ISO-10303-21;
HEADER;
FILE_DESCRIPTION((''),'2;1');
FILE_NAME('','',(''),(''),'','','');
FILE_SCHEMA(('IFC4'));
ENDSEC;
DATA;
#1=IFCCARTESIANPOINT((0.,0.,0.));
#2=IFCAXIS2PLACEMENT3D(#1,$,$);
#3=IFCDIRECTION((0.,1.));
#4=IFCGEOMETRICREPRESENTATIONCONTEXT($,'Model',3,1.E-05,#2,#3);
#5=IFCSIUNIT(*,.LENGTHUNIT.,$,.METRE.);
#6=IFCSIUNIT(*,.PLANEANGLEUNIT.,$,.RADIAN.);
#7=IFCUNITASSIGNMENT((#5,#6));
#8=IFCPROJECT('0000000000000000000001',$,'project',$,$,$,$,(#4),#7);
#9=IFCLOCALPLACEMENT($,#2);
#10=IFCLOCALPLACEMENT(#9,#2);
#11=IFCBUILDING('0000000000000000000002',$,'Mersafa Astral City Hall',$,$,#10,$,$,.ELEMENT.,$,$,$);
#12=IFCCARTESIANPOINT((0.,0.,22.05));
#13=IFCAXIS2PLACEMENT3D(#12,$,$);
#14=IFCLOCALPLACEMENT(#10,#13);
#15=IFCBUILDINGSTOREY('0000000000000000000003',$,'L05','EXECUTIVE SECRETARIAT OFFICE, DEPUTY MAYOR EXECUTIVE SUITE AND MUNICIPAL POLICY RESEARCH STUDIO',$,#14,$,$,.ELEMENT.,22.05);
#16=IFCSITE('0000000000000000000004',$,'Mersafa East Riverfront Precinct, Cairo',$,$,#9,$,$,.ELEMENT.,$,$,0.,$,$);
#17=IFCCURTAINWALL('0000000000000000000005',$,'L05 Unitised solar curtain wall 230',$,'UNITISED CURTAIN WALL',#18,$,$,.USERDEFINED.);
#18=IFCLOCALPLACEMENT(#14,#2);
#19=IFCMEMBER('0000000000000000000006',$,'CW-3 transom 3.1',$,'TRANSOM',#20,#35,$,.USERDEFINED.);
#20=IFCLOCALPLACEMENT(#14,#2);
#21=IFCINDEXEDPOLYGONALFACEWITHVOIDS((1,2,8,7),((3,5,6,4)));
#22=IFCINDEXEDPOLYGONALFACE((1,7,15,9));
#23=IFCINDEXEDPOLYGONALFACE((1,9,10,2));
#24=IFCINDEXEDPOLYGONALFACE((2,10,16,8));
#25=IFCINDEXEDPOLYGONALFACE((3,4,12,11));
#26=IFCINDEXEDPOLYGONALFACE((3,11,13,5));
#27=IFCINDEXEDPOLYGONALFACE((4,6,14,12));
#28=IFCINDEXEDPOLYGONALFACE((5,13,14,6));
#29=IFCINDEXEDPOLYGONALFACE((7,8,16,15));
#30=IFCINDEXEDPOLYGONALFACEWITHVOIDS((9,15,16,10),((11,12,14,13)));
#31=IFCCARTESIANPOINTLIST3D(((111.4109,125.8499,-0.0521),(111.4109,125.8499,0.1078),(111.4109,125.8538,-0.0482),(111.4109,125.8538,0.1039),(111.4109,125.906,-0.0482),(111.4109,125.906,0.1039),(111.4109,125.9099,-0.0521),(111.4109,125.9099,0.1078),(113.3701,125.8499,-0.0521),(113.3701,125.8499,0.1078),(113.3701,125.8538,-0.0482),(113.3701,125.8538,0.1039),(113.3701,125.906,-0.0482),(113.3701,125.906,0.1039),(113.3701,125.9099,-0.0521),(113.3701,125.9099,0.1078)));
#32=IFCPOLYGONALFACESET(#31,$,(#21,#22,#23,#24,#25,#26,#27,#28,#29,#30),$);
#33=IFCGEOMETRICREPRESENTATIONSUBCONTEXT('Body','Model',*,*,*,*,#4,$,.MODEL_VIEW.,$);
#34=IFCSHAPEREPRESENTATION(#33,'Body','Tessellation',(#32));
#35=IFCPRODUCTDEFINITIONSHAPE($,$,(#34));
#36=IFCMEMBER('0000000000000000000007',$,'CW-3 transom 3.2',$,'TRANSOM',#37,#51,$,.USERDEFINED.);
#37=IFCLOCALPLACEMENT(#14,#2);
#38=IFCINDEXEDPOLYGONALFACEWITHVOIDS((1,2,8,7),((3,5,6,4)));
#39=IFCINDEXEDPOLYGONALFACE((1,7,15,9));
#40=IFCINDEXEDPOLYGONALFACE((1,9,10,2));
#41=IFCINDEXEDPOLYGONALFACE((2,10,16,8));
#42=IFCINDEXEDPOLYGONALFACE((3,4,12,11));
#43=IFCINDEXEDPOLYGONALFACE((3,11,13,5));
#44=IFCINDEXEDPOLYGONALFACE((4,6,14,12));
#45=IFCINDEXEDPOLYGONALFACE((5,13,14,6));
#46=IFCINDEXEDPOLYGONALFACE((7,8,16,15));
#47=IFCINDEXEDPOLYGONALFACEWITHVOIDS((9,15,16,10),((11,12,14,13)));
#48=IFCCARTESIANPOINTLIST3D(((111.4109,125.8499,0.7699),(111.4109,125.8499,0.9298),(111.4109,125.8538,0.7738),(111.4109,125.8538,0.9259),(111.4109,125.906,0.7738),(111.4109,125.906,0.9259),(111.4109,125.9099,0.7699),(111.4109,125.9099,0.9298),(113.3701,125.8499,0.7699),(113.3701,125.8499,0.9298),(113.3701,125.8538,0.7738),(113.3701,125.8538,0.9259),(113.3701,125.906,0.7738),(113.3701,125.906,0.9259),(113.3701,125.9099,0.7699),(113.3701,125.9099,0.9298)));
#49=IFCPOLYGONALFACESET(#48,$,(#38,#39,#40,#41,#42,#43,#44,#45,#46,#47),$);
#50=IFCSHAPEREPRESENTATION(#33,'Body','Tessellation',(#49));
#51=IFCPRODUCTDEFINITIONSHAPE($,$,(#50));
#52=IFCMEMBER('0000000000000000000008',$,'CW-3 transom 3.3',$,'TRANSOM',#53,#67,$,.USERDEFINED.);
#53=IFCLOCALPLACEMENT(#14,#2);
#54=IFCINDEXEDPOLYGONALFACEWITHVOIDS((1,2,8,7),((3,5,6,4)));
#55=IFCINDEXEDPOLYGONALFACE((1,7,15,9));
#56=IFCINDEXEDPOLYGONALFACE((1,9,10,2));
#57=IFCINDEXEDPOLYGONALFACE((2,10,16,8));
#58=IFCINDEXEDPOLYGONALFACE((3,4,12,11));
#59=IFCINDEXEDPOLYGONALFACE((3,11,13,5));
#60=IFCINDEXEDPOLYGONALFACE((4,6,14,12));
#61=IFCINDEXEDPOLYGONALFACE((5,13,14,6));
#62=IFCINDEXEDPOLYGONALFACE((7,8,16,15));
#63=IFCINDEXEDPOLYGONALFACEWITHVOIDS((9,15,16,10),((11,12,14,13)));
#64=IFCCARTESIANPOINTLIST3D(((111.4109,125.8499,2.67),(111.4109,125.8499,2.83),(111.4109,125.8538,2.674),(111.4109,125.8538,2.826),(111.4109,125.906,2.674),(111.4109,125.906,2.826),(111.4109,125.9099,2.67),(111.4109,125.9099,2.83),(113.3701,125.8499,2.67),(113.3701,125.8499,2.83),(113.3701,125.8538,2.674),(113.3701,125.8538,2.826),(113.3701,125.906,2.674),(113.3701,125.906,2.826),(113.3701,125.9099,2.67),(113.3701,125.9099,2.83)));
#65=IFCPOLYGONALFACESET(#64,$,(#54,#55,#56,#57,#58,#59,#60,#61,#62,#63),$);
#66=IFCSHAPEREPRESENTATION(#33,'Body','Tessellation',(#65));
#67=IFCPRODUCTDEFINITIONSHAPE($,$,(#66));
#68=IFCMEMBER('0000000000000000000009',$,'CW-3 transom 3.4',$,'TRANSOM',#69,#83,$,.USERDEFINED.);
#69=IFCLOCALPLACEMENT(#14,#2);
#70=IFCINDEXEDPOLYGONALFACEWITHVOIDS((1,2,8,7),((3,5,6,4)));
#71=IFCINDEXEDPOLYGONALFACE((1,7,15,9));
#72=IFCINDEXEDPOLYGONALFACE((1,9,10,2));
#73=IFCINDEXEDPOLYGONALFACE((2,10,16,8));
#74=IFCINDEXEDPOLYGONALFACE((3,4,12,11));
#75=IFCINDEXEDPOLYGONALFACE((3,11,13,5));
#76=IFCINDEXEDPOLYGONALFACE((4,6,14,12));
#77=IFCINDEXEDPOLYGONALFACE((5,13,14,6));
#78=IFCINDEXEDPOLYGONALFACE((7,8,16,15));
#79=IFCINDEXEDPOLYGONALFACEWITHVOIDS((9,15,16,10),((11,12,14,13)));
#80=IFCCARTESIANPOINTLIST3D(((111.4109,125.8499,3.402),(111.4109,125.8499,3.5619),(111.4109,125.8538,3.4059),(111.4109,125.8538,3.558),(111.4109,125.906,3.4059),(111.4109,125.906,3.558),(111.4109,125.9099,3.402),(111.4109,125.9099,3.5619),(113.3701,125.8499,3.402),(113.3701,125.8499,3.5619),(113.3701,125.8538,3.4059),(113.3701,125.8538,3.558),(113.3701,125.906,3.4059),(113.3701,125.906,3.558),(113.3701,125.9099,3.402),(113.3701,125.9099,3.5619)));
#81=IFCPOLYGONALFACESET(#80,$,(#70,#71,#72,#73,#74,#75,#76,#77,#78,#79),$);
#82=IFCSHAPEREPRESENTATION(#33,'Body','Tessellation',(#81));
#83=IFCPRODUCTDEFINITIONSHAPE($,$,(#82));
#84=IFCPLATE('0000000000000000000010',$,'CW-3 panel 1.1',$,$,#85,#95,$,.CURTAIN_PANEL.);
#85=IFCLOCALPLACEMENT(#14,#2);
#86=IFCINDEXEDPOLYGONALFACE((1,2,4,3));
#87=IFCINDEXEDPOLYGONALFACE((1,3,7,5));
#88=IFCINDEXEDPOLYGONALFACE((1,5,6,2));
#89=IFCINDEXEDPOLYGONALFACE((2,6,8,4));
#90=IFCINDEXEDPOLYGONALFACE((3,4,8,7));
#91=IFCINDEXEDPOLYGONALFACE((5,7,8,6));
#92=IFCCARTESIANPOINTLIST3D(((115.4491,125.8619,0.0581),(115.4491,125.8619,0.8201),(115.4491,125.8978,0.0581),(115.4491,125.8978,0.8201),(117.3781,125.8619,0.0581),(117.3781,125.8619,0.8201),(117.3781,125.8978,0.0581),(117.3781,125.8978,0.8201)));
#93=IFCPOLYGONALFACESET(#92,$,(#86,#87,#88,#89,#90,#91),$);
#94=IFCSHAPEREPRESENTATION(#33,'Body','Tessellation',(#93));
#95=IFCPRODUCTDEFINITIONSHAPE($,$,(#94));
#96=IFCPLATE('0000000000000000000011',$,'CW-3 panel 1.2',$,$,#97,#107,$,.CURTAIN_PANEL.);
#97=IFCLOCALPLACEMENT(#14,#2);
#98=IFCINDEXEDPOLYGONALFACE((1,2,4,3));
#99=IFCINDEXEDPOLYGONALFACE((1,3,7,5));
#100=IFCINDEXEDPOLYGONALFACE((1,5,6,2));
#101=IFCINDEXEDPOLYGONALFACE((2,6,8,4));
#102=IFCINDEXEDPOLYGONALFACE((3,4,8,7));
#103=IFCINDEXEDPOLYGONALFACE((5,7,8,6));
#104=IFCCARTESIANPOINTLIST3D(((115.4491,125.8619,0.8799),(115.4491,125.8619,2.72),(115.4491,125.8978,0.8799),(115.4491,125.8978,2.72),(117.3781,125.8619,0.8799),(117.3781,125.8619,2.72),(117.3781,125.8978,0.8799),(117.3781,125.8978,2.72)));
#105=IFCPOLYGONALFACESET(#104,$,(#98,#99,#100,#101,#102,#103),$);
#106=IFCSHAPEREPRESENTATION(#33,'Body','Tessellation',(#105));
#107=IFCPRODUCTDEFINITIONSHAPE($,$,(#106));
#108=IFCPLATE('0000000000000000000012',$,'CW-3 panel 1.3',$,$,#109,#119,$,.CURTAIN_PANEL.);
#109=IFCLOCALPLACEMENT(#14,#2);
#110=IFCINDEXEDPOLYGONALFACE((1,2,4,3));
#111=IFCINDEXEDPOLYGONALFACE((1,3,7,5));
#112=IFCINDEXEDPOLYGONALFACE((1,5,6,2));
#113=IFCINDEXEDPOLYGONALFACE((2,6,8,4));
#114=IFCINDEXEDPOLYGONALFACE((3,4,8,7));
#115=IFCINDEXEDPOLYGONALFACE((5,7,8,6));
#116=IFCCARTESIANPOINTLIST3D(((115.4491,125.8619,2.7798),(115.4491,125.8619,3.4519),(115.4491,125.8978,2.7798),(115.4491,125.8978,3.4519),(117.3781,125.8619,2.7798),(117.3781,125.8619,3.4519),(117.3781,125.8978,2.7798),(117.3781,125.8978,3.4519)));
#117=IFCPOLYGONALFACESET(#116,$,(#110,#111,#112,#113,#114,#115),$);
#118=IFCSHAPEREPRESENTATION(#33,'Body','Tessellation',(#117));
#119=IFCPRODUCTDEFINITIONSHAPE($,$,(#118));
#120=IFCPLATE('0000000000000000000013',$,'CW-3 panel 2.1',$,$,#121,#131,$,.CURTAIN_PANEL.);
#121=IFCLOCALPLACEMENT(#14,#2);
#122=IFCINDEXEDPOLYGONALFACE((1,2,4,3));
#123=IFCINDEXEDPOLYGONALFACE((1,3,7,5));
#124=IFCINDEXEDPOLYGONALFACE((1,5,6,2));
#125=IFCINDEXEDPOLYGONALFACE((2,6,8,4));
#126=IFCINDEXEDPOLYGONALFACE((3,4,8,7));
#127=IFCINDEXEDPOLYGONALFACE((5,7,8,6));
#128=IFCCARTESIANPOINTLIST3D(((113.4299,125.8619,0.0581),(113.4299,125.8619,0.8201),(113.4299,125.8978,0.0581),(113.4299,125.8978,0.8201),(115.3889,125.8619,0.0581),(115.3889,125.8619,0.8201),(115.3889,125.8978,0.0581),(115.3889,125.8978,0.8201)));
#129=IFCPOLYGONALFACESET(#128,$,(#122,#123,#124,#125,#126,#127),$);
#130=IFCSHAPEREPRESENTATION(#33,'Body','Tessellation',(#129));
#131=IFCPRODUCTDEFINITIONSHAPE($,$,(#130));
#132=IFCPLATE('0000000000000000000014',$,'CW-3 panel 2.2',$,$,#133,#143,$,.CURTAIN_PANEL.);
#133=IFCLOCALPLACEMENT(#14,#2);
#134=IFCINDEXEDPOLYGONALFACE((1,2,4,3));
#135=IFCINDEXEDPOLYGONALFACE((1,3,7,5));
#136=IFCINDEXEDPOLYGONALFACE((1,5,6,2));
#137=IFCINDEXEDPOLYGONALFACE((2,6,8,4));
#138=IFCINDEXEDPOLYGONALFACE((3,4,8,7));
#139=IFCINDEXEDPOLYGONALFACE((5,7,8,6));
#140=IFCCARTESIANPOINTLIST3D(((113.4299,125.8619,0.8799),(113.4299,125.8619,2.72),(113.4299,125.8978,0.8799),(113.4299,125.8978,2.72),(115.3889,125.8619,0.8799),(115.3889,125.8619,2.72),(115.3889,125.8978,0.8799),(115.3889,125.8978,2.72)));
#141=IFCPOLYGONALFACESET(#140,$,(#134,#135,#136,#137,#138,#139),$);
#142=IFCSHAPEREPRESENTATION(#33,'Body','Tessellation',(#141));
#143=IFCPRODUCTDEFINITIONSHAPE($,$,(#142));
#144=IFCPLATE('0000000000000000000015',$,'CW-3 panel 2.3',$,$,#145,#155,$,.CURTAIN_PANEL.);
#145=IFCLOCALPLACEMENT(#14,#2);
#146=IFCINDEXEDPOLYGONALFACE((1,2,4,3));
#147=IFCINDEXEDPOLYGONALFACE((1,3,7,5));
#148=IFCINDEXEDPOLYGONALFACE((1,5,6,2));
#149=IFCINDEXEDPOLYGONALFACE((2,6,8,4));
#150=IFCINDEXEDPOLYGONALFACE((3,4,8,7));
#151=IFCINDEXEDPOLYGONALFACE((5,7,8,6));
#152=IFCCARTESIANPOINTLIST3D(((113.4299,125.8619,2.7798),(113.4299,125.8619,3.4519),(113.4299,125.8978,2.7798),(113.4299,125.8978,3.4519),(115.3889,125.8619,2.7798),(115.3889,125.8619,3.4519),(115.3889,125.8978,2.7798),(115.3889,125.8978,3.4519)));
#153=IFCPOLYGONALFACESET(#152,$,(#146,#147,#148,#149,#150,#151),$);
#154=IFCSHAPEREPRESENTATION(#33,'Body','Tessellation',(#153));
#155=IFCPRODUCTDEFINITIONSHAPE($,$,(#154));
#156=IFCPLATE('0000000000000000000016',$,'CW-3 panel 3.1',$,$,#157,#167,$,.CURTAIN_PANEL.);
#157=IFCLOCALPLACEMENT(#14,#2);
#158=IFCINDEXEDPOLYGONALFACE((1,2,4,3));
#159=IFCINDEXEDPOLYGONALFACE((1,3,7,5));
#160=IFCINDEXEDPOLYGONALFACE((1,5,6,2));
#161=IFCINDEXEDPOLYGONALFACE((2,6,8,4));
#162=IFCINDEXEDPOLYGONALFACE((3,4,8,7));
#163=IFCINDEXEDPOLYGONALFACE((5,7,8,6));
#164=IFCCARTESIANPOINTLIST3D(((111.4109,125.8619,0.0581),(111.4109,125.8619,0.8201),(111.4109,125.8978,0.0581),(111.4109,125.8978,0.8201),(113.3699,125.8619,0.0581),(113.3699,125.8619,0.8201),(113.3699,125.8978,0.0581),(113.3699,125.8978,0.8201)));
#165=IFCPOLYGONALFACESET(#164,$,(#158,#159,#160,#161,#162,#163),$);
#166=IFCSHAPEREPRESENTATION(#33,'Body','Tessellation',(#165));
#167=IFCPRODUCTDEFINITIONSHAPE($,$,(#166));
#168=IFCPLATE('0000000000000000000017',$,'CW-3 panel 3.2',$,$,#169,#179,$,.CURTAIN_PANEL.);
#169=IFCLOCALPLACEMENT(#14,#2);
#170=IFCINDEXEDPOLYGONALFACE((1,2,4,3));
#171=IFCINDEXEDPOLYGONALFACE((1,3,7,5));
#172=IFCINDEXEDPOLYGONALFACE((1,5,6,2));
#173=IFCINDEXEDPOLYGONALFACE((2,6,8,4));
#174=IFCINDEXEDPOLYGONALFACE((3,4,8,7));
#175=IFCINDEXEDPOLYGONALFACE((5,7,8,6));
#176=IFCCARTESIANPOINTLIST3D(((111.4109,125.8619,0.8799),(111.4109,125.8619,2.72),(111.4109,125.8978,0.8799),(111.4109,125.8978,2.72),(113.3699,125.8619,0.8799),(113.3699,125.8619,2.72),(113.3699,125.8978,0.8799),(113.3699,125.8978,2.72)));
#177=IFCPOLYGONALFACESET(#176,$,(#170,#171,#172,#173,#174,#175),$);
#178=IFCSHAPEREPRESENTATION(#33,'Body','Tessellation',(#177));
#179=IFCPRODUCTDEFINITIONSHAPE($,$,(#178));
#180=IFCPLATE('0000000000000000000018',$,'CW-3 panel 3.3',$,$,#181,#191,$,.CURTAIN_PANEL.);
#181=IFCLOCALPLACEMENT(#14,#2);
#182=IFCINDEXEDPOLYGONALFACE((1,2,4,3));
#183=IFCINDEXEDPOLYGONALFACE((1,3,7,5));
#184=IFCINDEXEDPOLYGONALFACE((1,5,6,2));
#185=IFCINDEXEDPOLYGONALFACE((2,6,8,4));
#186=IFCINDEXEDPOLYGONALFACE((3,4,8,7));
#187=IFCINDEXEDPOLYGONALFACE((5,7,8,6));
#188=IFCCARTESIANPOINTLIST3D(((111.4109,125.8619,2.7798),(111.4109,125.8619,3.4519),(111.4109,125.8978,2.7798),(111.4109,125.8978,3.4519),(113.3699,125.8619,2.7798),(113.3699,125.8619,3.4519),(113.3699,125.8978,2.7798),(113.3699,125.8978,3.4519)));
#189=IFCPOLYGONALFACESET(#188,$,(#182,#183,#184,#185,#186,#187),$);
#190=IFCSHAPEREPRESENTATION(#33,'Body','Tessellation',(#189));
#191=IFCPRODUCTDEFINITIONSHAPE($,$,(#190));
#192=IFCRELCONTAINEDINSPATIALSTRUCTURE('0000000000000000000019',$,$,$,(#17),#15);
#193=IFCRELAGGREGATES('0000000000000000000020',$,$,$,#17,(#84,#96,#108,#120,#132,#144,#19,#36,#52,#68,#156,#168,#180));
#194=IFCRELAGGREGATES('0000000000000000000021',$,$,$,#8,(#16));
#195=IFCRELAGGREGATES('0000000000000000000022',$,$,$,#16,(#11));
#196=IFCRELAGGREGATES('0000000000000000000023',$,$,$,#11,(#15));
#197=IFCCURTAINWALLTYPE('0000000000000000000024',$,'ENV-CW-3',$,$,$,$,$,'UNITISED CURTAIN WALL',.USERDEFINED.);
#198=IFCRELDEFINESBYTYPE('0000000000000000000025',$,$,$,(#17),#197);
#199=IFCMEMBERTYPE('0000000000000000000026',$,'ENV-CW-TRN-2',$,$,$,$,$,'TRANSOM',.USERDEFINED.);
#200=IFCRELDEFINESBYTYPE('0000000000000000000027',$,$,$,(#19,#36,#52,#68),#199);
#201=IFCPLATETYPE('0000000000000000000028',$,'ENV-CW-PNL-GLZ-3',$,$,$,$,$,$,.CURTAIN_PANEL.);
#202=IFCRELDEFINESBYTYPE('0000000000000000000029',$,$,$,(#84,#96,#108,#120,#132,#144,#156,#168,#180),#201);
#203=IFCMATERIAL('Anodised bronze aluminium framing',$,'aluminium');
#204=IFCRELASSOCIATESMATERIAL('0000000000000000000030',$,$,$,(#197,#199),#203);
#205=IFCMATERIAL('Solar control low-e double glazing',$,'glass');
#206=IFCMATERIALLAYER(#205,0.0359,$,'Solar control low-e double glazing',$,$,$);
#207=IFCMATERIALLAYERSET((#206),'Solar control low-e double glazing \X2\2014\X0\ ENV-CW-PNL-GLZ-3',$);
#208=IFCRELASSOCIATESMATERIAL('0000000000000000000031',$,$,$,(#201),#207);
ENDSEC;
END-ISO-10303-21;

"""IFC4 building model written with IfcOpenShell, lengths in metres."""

from ifc_helpers import new_model, si_unit, direction, frame, origin, origin_2d, place, context, subcontext, project, spatial, rectangle, hollow_rectangle, extrude, material, layer, layer_set, material_profile, profile_set, type_object, element, aggregate, save


model = new_model("IFC4")

# Units and contexts
model_context = context("Model", 3, precision=1e-05, world=origin(), true_north=direction((0.0, 1.0)))
body_context = subcontext(model_context, "Body", "Model", "MODEL_VIEW")
ifc_project = project(units=[si_unit("LENGTHUNIT", "METRE"), si_unit("PLANEANGLEUNIT", "RADIAN")], contexts=[model_context])

# Site, building, storey
site_placement = place(None, origin())
site = spatial("IfcSite", under=ifc_project, at=site_placement, Name="Mersafa East Riverfront Precinct, Cairo", CompositionType="ELEMENT", RefElevation=0.0)
building_placement = place(site_placement, origin())
building = spatial("IfcBuilding", under=site, at=building_placement, Name="Mersafa Astral City Hall", CompositionType="ELEMENT")
storey_placement = place(building_placement, frame((0.0, 0.0, 22.05)))
storey = spatial("IfcBuildingStorey", under=building, at=storey_placement, Name="L05", Description="EXECUTIVE SECRETARIAT OFFICE, DEPUTY MAYOR EXECUTIVE SUITE AND MUNICIPAL POLICY RESEARCH STUDIO", CompositionType="ELEMENT", Elevation=22.05)

# Curtain wall, members, plates
ifc_material_1 = material(Name="Anodised bronze aluminium framing", Category="aluminium")
curtain_wall_type = type_object("IfcCurtainWallType", Name="ENV-CW-3", ElementType="UNITISED CURTAIN WALL", PredefinedType="USERDEFINED", material=ifc_material_1)
curtain_wall_placement = place(storey_placement, origin())
curtain_wall = element("IfcCurtainWall", 1, at=curtain_wall_placement, inside=storey, type_object=curtain_wall_type, Name="L05 Unitised solar curtain wall 230", ObjectType="UNITISED CURTAIN WALL", PredefinedType="USERDEFINED")
ifc_material_profile_1 = material_profile(ifc_material_1, hollow_rectangle(XDim=0.0601, YDim=0.1599, WallThickness=0.0039, at=origin_2d()), Name="RHS 60x160x4")
ifc_profile_set_1 = profile_set([ifc_material_profile_1], Name="Anodised bronze aluminium framing")
member_type_1 = type_object("IfcMemberType", Name="ENV-CW-TRN-2", ElementType="TRANSOM", PredefinedType="USERDEFINED", material=ifc_profile_set_1)
member_1_placement = place(storey_placement, frame((113.3701, 125.8799, 0.0278), z_axis=(-1.0, 0.0, 0.0), x_axis=(0.0, -1.0, 0.0)))
member_1 = element("IfcMember", 2, at=member_1_placement, type_object=member_type_1, Name="CW-3 transom 3.1", ObjectType="TRANSOM", PredefinedType="USERDEFINED", context=body_context, shape_type="SweptSolid", body=[
    extrude(hollow_rectangle(XDim=0.0601, YDim=0.1599, WallThickness=0.0039, at=origin_2d()), origin(), (0.0, 0.0, 1.0), 1.9592),
])
member_2_placement = place(storey_placement, frame((113.3701, 125.8799, 0.8499), z_axis=(-1.0, 0.0, 0.0), x_axis=(0.0, -1.0, 0.0)))
member_2 = element("IfcMember", 3, at=member_2_placement, type_object=member_type_1, Name="CW-3 transom 3.2", ObjectType="TRANSOM", PredefinedType="USERDEFINED", context=body_context, shape_type="SweptSolid", body=[
    extrude(hollow_rectangle(XDim=0.0601, YDim=0.1599, WallThickness=0.0039, at=origin_2d()), origin(), (0.0, 0.0, 1.0), 1.9592),
])
member_3_placement = place(storey_placement, frame((113.3701, 125.8799, 2.75), z_axis=(-1.0, 0.0, 0.0), x_axis=(0.0, -1.0, 0.0)))
member_3 = element("IfcMember", 4, at=member_3_placement, type_object=member_type_1, Name="CW-3 transom 3.3", ObjectType="TRANSOM", PredefinedType="USERDEFINED", context=body_context, shape_type="SweptSolid", body=[
    extrude(hollow_rectangle(XDim=0.0601, YDim=0.1599, WallThickness=0.0039, at=origin_2d()), origin(), (0.0, 0.0, 1.0), 1.9592),
])
member_4_placement = place(storey_placement, frame((113.3701, 125.8799, 3.4819), z_axis=(-1.0, 0.0, 0.0), x_axis=(0.0, -1.0, 0.0)))
member_4 = element("IfcMember", 5, at=member_4_placement, type_object=member_type_1, Name="CW-3 transom 3.4", ObjectType="TRANSOM", PredefinedType="USERDEFINED", context=body_context, shape_type="SweptSolid", body=[
    extrude(hollow_rectangle(XDim=0.0601, YDim=0.1599, WallThickness=0.0039, at=origin_2d()), origin(), (0.0, 0.0, 1.0), 1.9592),
])
ifc_material_2 = material(Name="Solar control low-e double glazing", Category="glass")
ifc_layer_1 = layer(ifc_material_2, 0.0359, Name="Solar control low-e double glazing")
ifc_layer_set_1 = layer_set([ifc_layer_1], Name="Solar control low-e double glazing — ENV-CW-PNL-GLZ-3")
plate_type = type_object("IfcPlateType", Name="ENV-CW-PNL-GLZ-3", PredefinedType="CURTAIN_PANEL", material=ifc_layer_set_1)
plate_1_placement = place(storey_placement, frame((116.4136, 125.8799, 0.0581), z_axis=(0.0, 0.0, 1.0), x_axis=(-1.0, 0.0, 0.0)))
plate_1 = element("IfcPlate", 6, at=plate_1_placement, type_object=plate_type, Name="CW-3 panel 1.1", PredefinedType="CURTAIN_PANEL", context=body_context, shape_type="SweptSolid", body=[
    extrude(rectangle(XDim=1.929, YDim=0.0359, at=origin_2d()), origin(), (0.0, 0.0, 1.0), 0.762),
])
plate_2_placement = place(storey_placement, frame((116.4136, 125.8799, 0.8799), z_axis=(0.0, 0.0, 1.0), x_axis=(-1.0, 0.0, 0.0)))
plate_2 = element("IfcPlate", 7, at=plate_2_placement, type_object=plate_type, Name="CW-3 panel 1.2", PredefinedType="CURTAIN_PANEL", context=body_context, shape_type="SweptSolid", body=[
    extrude(rectangle(XDim=1.929, YDim=0.0359, at=origin_2d()), origin(), (0.0, 0.0, 1.0), 1.8401),
])
plate_3_placement = place(storey_placement, frame((116.4136, 125.8799, 2.7798), z_axis=(0.0, 0.0, 1.0), x_axis=(-1.0, 0.0, 0.0)))
plate_3 = element("IfcPlate", 8, at=plate_3_placement, type_object=plate_type, Name="CW-3 panel 1.3", PredefinedType="CURTAIN_PANEL", context=body_context, shape_type="SweptSolid", body=[
    extrude(rectangle(XDim=1.929, YDim=0.0359, at=origin_2d()), origin(), (0.0, 0.0, 1.0), 0.6721),
])
plate_4_placement = place(storey_placement, frame((114.4094, 125.8799, 0.0581), z_axis=(0.0, 0.0, 1.0), x_axis=(-1.0, 0.0, 0.0)))
plate_4 = element("IfcPlate", 9, at=plate_4_placement, type_object=plate_type, Name="CW-3 panel 2.1", PredefinedType="CURTAIN_PANEL", context=body_context, shape_type="SweptSolid", body=[
    extrude(rectangle(XDim=1.959, YDim=0.0359, at=origin_2d()), origin(), (0.0, 0.0, 1.0), 0.762),
])
plate_5_placement = place(storey_placement, frame((114.4094, 125.8799, 0.8799), z_axis=(0.0, 0.0, 1.0), x_axis=(-1.0, 0.0, 0.0)))
plate_5 = element("IfcPlate", 10, at=plate_5_placement, type_object=plate_type, Name="CW-3 panel 2.2", PredefinedType="CURTAIN_PANEL", context=body_context, shape_type="SweptSolid", body=[
    extrude(rectangle(XDim=1.959, YDim=0.0359, at=origin_2d()), origin(), (0.0, 0.0, 1.0), 1.8401),
])
plate_6_placement = place(storey_placement, frame((114.4094, 125.8799, 2.7798), z_axis=(0.0, 0.0, 1.0), x_axis=(-1.0, 0.0, 0.0)))
plate_6 = element("IfcPlate", 11, at=plate_6_placement, type_object=plate_type, Name="CW-3 panel 2.3", PredefinedType="CURTAIN_PANEL", context=body_context, shape_type="SweptSolid", body=[
    extrude(rectangle(XDim=1.959, YDim=0.0359, at=origin_2d()), origin(), (0.0, 0.0, 1.0), 0.6721),
])
plate_7_placement = place(storey_placement, frame((112.3904, 125.8799, 0.0581), z_axis=(0.0, 0.0, 1.0), x_axis=(-1.0, 0.0, 0.0)))
plate_7 = element("IfcPlate", 12, at=plate_7_placement, type_object=plate_type, Name="CW-3 panel 3.1", PredefinedType="CURTAIN_PANEL", context=body_context, shape_type="SweptSolid", body=[
    extrude(rectangle(XDim=1.959, YDim=0.0359, at=origin_2d()), origin(), (0.0, 0.0, 1.0), 0.762),
])
plate_8_placement = place(storey_placement, frame((112.3904, 125.8799, 0.8799), z_axis=(0.0, 0.0, 1.0), x_axis=(-1.0, 0.0, 0.0)))
plate_8 = element("IfcPlate", 13, at=plate_8_placement, type_object=plate_type, Name="CW-3 panel 3.2", PredefinedType="CURTAIN_PANEL", context=body_context, shape_type="SweptSolid", body=[
    extrude(rectangle(XDim=1.959, YDim=0.0359, at=origin_2d()), origin(), (0.0, 0.0, 1.0), 1.8401),
])
plate_9_placement = place(storey_placement, frame((112.3904, 125.8799, 2.7798), z_axis=(0.0, 0.0, 1.0), x_axis=(-1.0, 0.0, 0.0)))
plate_9 = element("IfcPlate", 14, at=plate_9_placement, type_object=plate_type, Name="CW-3 panel 3.3", PredefinedType="CURTAIN_PANEL", context=body_context, shape_type="SweptSolid", body=[
    extrude(rectangle(XDim=1.959, YDim=0.0359, at=origin_2d()), origin(), (0.0, 0.0, 1.0), 0.6721),
])
aggregate(curtain_wall, [plate_1, plate_2, plate_3, plate_4, plate_5, plate_6, member_1, member_2, member_3, member_4, plate_7, plate_8, plate_9])

save(model, "model.ifc")
